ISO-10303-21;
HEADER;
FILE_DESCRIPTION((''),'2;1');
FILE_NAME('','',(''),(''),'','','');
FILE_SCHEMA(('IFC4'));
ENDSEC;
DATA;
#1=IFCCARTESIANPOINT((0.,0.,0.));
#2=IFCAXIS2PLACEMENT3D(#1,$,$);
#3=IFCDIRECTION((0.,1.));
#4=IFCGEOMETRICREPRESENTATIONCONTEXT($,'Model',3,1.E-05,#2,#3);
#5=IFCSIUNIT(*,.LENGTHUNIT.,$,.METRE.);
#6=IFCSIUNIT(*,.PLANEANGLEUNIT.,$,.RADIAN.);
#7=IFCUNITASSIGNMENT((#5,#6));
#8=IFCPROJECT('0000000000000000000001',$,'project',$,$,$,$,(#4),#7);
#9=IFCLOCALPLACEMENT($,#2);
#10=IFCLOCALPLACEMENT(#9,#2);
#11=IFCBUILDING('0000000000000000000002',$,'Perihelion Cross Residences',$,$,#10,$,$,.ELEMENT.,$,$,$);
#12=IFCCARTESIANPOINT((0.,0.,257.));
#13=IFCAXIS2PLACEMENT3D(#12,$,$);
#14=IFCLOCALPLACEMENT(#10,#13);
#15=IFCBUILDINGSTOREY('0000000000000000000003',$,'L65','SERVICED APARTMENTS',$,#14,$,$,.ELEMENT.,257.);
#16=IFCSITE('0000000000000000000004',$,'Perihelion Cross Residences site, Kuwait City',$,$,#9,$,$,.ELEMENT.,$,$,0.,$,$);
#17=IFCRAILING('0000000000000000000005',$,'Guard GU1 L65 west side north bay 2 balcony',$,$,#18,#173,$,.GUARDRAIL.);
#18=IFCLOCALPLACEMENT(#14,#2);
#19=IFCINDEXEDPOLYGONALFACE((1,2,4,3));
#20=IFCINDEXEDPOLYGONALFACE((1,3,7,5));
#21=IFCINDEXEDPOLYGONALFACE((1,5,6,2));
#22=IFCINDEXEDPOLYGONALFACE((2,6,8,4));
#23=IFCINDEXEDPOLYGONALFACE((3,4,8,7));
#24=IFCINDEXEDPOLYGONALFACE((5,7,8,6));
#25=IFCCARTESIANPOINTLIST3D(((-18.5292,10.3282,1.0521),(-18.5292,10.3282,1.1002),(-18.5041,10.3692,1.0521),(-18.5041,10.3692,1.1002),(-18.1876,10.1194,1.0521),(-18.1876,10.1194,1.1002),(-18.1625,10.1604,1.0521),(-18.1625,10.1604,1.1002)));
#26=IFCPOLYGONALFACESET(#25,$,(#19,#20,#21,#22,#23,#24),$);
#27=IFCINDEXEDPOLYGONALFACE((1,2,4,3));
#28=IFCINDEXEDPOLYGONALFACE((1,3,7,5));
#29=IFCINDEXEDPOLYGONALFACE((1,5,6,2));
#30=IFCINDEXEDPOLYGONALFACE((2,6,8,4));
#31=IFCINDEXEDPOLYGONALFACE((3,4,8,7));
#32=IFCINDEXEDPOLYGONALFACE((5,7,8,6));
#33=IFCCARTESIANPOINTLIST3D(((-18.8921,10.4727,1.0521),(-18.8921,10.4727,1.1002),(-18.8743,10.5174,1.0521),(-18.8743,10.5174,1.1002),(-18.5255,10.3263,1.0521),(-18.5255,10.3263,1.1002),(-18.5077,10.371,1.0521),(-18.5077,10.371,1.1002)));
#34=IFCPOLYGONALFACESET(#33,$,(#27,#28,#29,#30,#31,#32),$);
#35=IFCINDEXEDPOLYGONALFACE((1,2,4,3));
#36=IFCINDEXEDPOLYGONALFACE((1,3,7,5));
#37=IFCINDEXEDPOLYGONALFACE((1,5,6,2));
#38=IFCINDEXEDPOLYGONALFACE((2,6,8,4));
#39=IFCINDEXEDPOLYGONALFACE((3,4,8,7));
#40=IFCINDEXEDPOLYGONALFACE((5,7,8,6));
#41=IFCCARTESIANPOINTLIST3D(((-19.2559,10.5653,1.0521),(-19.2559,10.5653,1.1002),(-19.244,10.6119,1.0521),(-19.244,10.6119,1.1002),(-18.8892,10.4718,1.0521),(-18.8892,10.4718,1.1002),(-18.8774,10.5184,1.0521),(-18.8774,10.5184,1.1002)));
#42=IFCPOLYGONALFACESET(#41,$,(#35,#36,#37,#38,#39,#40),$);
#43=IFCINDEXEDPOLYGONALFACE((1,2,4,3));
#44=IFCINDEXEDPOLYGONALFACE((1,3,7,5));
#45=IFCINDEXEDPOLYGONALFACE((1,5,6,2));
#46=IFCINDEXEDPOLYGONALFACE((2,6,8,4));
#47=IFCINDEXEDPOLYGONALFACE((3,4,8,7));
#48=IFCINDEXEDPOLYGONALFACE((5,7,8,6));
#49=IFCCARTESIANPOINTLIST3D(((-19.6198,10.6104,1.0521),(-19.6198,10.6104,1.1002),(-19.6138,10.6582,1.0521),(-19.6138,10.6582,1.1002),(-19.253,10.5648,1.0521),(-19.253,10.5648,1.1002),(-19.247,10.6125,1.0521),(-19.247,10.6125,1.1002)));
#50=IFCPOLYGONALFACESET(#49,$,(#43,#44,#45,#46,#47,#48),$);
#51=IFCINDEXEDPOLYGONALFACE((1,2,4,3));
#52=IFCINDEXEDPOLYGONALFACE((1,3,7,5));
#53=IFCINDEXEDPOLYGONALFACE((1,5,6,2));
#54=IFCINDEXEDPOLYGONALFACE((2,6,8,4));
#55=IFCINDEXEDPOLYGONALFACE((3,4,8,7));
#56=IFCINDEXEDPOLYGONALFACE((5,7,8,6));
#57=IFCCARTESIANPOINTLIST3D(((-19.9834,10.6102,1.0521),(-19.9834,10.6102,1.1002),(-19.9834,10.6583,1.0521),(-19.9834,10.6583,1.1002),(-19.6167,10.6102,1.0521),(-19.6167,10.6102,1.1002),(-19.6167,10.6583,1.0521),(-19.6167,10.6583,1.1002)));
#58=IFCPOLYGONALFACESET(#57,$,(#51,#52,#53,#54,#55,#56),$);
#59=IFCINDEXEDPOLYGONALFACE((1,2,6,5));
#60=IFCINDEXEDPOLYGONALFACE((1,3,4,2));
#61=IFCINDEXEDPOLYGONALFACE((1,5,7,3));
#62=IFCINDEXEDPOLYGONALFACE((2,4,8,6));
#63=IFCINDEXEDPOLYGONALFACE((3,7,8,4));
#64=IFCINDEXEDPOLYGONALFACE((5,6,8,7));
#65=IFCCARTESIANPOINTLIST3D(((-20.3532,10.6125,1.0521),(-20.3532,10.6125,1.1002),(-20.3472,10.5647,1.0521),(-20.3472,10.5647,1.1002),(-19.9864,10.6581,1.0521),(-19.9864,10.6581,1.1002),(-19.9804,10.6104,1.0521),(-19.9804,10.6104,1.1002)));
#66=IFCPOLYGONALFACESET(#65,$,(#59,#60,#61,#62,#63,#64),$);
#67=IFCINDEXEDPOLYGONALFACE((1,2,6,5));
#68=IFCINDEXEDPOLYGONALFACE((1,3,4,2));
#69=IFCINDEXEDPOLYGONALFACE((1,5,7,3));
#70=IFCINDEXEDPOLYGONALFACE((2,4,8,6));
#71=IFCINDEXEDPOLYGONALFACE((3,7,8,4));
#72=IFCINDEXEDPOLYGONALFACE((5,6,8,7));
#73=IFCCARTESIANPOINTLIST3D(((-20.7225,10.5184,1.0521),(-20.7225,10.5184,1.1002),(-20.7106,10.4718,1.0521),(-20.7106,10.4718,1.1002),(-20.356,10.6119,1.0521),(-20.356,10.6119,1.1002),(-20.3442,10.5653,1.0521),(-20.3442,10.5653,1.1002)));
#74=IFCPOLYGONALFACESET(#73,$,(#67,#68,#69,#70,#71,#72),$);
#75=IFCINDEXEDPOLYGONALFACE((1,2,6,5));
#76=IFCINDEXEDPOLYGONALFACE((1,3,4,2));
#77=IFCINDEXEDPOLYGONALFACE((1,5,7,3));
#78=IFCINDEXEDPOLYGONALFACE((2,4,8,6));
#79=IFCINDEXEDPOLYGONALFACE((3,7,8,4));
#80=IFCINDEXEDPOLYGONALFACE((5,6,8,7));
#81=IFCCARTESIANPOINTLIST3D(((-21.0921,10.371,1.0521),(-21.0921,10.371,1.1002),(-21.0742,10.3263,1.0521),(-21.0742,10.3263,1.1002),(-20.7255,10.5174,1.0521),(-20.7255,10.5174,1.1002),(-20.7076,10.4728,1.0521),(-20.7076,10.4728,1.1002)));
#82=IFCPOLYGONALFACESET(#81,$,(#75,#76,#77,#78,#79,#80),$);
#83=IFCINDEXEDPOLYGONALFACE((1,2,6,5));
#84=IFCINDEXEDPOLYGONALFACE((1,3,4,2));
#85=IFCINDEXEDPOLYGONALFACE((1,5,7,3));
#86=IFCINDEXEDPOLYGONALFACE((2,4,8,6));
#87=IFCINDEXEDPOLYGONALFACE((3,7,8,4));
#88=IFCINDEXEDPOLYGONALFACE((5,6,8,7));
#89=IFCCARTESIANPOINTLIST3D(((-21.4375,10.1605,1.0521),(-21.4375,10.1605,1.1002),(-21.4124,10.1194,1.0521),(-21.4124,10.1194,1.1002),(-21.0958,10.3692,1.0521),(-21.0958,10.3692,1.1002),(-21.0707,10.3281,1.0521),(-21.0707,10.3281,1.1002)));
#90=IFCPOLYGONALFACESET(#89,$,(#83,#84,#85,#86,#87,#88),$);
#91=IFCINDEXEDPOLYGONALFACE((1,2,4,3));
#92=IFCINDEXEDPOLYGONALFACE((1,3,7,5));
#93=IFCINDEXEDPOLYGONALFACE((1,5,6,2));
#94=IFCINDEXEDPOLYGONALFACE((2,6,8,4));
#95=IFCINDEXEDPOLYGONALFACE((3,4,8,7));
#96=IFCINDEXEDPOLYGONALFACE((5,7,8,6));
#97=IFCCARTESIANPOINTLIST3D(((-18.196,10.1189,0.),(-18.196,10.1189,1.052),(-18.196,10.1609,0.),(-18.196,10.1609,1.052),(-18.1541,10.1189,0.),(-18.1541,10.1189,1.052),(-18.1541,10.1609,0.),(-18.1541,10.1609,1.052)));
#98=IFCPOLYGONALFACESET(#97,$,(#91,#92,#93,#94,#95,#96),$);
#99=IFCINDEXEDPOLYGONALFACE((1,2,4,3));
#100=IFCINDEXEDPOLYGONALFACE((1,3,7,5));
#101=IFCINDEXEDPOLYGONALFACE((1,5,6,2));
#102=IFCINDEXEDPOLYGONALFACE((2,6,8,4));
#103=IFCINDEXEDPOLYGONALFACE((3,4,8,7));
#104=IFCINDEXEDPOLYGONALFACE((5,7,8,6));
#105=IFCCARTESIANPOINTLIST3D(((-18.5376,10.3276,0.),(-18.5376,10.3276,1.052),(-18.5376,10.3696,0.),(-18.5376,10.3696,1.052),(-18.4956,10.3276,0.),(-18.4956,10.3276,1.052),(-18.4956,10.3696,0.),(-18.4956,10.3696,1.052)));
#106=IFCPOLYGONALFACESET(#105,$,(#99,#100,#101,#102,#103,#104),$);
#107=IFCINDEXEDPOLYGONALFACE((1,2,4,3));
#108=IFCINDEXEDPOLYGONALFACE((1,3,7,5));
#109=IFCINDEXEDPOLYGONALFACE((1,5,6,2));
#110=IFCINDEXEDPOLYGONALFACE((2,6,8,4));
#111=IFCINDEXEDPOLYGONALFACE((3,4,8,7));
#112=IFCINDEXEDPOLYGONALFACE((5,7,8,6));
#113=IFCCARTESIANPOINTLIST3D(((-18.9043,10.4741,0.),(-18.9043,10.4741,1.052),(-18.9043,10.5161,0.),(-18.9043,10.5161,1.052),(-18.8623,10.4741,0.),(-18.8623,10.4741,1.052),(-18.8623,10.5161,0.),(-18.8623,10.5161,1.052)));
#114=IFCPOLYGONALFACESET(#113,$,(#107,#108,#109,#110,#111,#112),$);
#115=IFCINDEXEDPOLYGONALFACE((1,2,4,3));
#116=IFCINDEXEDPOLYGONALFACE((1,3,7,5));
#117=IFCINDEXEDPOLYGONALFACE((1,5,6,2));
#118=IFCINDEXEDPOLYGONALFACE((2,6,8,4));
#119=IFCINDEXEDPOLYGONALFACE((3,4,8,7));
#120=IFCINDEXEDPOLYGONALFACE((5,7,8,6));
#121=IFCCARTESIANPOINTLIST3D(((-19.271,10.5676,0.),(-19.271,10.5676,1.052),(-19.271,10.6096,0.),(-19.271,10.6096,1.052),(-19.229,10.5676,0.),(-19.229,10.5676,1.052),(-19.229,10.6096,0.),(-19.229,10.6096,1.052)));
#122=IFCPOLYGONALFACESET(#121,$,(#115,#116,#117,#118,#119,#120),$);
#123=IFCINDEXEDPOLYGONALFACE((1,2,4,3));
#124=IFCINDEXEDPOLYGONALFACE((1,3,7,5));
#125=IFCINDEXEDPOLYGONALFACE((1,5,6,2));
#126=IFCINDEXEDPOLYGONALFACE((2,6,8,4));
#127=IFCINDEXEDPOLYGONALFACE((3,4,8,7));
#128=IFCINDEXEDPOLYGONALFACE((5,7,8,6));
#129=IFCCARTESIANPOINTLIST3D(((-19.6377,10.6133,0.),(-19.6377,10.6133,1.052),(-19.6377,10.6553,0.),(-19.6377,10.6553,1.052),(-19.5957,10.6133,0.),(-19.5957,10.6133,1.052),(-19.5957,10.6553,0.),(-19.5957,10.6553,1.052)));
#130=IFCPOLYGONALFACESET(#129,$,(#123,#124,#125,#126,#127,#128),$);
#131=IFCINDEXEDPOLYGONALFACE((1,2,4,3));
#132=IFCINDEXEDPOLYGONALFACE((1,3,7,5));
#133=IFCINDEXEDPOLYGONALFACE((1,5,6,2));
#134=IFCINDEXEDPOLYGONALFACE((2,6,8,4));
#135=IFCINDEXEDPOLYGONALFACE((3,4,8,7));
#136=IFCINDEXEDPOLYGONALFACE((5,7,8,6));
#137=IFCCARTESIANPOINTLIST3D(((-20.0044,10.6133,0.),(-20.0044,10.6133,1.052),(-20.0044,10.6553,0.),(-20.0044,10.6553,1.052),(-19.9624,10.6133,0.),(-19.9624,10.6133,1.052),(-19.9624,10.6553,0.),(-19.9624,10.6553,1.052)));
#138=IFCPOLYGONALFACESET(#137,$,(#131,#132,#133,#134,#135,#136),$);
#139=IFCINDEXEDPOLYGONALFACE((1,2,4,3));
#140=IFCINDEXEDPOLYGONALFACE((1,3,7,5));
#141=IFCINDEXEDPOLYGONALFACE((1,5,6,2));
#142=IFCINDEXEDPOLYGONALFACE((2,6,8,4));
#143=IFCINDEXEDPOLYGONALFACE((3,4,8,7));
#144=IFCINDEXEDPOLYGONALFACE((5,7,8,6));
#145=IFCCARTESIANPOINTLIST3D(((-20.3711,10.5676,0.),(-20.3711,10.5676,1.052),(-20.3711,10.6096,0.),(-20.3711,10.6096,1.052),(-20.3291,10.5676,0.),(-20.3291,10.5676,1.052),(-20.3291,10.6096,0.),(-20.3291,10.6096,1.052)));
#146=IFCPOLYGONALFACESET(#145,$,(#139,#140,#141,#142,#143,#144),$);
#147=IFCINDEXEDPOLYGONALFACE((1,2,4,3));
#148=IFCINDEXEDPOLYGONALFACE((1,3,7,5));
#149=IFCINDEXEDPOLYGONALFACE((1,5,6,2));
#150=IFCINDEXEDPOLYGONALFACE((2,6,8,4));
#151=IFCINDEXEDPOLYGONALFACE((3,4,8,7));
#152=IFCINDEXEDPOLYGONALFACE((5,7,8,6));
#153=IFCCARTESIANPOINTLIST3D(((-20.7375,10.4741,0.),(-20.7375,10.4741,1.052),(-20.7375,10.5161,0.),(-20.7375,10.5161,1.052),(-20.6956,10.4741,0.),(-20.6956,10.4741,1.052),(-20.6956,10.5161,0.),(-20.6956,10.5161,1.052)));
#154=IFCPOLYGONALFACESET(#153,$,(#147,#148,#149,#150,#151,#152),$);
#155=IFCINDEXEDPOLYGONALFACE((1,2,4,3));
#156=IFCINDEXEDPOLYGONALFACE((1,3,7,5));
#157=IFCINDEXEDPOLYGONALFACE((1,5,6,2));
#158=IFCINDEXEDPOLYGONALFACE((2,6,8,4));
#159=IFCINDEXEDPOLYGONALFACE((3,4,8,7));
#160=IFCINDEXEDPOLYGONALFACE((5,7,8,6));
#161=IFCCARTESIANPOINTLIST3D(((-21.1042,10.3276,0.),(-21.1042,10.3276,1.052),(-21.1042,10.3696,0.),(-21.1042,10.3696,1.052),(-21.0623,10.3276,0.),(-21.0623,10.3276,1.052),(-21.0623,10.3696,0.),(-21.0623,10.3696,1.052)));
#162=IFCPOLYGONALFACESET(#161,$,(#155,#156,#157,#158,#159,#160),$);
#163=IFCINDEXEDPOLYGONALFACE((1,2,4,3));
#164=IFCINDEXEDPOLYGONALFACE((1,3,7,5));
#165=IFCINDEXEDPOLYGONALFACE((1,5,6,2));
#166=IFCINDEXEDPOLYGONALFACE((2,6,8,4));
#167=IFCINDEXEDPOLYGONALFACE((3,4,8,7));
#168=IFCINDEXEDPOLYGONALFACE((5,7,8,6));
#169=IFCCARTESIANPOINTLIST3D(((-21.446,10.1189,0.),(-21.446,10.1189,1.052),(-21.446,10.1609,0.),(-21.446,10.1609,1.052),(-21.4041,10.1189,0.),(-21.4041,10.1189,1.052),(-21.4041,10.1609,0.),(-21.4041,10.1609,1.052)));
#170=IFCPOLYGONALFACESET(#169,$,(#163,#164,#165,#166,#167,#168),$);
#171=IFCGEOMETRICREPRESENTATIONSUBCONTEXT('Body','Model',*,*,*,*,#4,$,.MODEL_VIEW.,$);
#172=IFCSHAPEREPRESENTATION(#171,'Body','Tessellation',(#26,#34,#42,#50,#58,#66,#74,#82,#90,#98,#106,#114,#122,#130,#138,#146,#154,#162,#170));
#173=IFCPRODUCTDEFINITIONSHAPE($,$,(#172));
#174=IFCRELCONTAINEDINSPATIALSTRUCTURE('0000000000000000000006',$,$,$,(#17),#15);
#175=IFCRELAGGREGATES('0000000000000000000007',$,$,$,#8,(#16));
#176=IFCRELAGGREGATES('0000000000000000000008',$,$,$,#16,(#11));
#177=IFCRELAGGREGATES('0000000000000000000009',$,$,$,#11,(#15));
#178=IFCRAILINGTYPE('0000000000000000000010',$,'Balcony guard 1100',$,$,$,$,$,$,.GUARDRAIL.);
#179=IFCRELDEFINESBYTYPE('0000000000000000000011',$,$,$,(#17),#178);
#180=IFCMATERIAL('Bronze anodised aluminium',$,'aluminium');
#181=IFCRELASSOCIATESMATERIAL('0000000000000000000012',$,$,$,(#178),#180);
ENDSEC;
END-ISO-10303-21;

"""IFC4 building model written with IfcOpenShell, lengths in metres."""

from ifc_helpers import new_model, si_unit, direction, frame, origin, origin_2d, place, context, subcontext, project, spatial, rectangle, extrude, material, type_object, element, save


model = new_model("IFC4")

# Units and contexts
model_context = context("Model", 3, precision=1e-05, world=origin(), true_north=direction((0.0, 1.0)))
body_context = subcontext(model_context, "Body", "Model", "MODEL_VIEW")
ifc_project = project(units=[si_unit("LENGTHUNIT", "METRE"), si_unit("PLANEANGLEUNIT", "RADIAN")], contexts=[model_context])

# Site, building, storey
site_placement = place(None, origin())
site = spatial("IfcSite", under=ifc_project, at=site_placement, Name="Perihelion Cross Residences site, Kuwait City", CompositionType="ELEMENT", RefElevation=0.0)
building_placement = place(site_placement, origin())
building = spatial("IfcBuilding", under=site, at=building_placement, Name="Perihelion Cross Residences", CompositionType="ELEMENT")
storey_placement = place(building_placement, frame((0.0, 0.0, 257.0)))
storey = spatial("IfcBuildingStorey", under=building, at=storey_placement, Name="L65", Description="SERVICED APARTMENTS", CompositionType="ELEMENT", Elevation=257.0)

# Railing
ifc_material_1 = material(Name="Bronze anodised aluminium", Category="aluminium")
railing_type = type_object("IfcRailingType", Name="Balcony guard 1100", PredefinedType="GUARDRAIL", material=ifc_material_1)
railing_placement = place(storey_placement, frame((-18.175, 10.1399, 0.0)))
element("IfcRailing", 1, at=railing_placement, inside=storey, type_object=railing_type, Name="Guard GU1 L65 west side north bay 2 balcony", PredefinedType="GUARDRAIL", context=body_context, shape_type="SweptSolid", body=[
    extrude(rectangle(XDim=0.0481, YDim=0.0481, at=origin_2d()), frame((0.0, 0.0, 1.0762), z_axis=(-0.853267, 0.521475, 0.0), x_axis=(-0.521475, -0.853267, 0.0)), (0.0, 0.0, 1.0), 0.4004),
    extrude(rectangle(XDim=0.0481, YDim=0.0481, at=origin_2d()), frame((-0.3416, 0.2087, 1.0762), z_axis=(-0.928647, 0.370964, 0.0), x_axis=(-0.370964, -0.928647, 0.0)), (0.0, 0.0, 1.0), 0.3948),
    extrude(rectangle(XDim=0.0481, YDim=0.0481, at=origin_2d()), frame((-0.7083, 0.3552, 1.0762), z_axis=(-0.968993, 0.247087, 0.0), x_axis=(-0.247087, -0.968993, 0.0)), (0.0, 0.0, 1.0), 0.3784),
    extrude(rectangle(XDim=0.0481, YDim=0.0481, at=origin_2d()), frame((-1.075, 0.4487, 1.0762), z_axis=(-0.992339, 0.123547, 0.0), x_axis=(-0.123547, -0.992339, 0.0)), (0.0, 0.0, 1.0), 0.3696),
    extrude(rectangle(XDim=0.0481, YDim=0.0481, at=origin_2d()), frame((-1.4417, 0.4944, 1.0762), z_axis=(-1.0, 0.0, 0.0), x_axis=(0.0, -1.0, 0.0)), (0.0, 0.0, 1.0), 0.3667),
    extrude(rectangle(XDim=0.0481, YDim=0.0481, at=origin_2d()), frame((-1.8083, 0.4944, 1.0762), z_axis=(-0.992339, -0.123547, 0.0), x_axis=(0.123547, -0.992339, 0.0)), (0.0, 0.0, 1.0), 0.3696),
    extrude(rectangle(XDim=0.0481, YDim=0.0481, at=origin_2d()), frame((-2.175, 0.4487, 1.0762), z_axis=(-0.968954, -0.247241, 0.0), x_axis=(0.247241, -0.968954, 0.0)), (0.0, 0.0, 1.0), 0.3782),
    extrude(rectangle(XDim=0.0481, YDim=0.0481, at=origin_2d()), frame((-2.5415, 0.3552, 1.0762), z_axis=(-0.928647, -0.370964, 0.0), x_axis=(0.370964, -0.928647, 0.0)), (0.0, 0.0, 1.0), 0.3948),
    extrude(rectangle(XDim=0.0481, YDim=0.0481, at=origin_2d()), frame((-2.9082, 0.2087, 1.0762), z_axis=(-0.853432, -0.521203, 0.0), x_axis=(0.521203, -0.853432, 0.0)), (0.0, 0.0, 1.0), 0.4004),
    extrude(rectangle(XDim=0.042, YDim=0.042, at=origin_2d()), origin(), (0.0, 0.0, 1.0), 1.052),
    extrude(rectangle(XDim=0.042, YDim=0.042, at=origin_2d()), frame((-0.3416, 0.2087, 0.0)), (0.0, 0.0, 1.0), 1.052),
    extrude(rectangle(XDim=0.042, YDim=0.042, at=origin_2d()), frame((-0.7083, 0.3552, 0.0)), (0.0, 0.0, 1.0), 1.052),
    extrude(rectangle(XDim=0.042, YDim=0.042, at=origin_2d()), frame((-1.075, 0.4487, 0.0)), (0.0, 0.0, 1.0), 1.052),
    extrude(rectangle(XDim=0.042, YDim=0.042, at=origin_2d()), frame((-1.4417, 0.4944, 0.0)), (0.0, 0.0, 1.0), 1.052),
    extrude(rectangle(XDim=0.042, YDim=0.042, at=origin_2d()), frame((-1.8083, 0.4944, 0.0)), (0.0, 0.0, 1.0), 1.052),
    extrude(rectangle(XDim=0.042, YDim=0.042, at=origin_2d()), frame((-2.175, 0.4487, 0.0)), (0.0, 0.0, 1.0), 1.052),
    extrude(rectangle(XDim=0.042, YDim=0.042, at=origin_2d()), frame((-2.5415, 0.3552, 0.0)), (0.0, 0.0, 1.0), 1.052),
    extrude(rectangle(XDim=0.042, YDim=0.042, at=origin_2d()), frame((-2.9082, 0.2087, 0.0)), (0.0, 0.0, 1.0), 1.052),
    extrude(rectangle(XDim=0.042, YDim=0.042, at=origin_2d()), frame((-3.25, 0.0, 0.0)), (0.0, 0.0, 1.0), 1.052),
])

save(model, "model.ifc")
